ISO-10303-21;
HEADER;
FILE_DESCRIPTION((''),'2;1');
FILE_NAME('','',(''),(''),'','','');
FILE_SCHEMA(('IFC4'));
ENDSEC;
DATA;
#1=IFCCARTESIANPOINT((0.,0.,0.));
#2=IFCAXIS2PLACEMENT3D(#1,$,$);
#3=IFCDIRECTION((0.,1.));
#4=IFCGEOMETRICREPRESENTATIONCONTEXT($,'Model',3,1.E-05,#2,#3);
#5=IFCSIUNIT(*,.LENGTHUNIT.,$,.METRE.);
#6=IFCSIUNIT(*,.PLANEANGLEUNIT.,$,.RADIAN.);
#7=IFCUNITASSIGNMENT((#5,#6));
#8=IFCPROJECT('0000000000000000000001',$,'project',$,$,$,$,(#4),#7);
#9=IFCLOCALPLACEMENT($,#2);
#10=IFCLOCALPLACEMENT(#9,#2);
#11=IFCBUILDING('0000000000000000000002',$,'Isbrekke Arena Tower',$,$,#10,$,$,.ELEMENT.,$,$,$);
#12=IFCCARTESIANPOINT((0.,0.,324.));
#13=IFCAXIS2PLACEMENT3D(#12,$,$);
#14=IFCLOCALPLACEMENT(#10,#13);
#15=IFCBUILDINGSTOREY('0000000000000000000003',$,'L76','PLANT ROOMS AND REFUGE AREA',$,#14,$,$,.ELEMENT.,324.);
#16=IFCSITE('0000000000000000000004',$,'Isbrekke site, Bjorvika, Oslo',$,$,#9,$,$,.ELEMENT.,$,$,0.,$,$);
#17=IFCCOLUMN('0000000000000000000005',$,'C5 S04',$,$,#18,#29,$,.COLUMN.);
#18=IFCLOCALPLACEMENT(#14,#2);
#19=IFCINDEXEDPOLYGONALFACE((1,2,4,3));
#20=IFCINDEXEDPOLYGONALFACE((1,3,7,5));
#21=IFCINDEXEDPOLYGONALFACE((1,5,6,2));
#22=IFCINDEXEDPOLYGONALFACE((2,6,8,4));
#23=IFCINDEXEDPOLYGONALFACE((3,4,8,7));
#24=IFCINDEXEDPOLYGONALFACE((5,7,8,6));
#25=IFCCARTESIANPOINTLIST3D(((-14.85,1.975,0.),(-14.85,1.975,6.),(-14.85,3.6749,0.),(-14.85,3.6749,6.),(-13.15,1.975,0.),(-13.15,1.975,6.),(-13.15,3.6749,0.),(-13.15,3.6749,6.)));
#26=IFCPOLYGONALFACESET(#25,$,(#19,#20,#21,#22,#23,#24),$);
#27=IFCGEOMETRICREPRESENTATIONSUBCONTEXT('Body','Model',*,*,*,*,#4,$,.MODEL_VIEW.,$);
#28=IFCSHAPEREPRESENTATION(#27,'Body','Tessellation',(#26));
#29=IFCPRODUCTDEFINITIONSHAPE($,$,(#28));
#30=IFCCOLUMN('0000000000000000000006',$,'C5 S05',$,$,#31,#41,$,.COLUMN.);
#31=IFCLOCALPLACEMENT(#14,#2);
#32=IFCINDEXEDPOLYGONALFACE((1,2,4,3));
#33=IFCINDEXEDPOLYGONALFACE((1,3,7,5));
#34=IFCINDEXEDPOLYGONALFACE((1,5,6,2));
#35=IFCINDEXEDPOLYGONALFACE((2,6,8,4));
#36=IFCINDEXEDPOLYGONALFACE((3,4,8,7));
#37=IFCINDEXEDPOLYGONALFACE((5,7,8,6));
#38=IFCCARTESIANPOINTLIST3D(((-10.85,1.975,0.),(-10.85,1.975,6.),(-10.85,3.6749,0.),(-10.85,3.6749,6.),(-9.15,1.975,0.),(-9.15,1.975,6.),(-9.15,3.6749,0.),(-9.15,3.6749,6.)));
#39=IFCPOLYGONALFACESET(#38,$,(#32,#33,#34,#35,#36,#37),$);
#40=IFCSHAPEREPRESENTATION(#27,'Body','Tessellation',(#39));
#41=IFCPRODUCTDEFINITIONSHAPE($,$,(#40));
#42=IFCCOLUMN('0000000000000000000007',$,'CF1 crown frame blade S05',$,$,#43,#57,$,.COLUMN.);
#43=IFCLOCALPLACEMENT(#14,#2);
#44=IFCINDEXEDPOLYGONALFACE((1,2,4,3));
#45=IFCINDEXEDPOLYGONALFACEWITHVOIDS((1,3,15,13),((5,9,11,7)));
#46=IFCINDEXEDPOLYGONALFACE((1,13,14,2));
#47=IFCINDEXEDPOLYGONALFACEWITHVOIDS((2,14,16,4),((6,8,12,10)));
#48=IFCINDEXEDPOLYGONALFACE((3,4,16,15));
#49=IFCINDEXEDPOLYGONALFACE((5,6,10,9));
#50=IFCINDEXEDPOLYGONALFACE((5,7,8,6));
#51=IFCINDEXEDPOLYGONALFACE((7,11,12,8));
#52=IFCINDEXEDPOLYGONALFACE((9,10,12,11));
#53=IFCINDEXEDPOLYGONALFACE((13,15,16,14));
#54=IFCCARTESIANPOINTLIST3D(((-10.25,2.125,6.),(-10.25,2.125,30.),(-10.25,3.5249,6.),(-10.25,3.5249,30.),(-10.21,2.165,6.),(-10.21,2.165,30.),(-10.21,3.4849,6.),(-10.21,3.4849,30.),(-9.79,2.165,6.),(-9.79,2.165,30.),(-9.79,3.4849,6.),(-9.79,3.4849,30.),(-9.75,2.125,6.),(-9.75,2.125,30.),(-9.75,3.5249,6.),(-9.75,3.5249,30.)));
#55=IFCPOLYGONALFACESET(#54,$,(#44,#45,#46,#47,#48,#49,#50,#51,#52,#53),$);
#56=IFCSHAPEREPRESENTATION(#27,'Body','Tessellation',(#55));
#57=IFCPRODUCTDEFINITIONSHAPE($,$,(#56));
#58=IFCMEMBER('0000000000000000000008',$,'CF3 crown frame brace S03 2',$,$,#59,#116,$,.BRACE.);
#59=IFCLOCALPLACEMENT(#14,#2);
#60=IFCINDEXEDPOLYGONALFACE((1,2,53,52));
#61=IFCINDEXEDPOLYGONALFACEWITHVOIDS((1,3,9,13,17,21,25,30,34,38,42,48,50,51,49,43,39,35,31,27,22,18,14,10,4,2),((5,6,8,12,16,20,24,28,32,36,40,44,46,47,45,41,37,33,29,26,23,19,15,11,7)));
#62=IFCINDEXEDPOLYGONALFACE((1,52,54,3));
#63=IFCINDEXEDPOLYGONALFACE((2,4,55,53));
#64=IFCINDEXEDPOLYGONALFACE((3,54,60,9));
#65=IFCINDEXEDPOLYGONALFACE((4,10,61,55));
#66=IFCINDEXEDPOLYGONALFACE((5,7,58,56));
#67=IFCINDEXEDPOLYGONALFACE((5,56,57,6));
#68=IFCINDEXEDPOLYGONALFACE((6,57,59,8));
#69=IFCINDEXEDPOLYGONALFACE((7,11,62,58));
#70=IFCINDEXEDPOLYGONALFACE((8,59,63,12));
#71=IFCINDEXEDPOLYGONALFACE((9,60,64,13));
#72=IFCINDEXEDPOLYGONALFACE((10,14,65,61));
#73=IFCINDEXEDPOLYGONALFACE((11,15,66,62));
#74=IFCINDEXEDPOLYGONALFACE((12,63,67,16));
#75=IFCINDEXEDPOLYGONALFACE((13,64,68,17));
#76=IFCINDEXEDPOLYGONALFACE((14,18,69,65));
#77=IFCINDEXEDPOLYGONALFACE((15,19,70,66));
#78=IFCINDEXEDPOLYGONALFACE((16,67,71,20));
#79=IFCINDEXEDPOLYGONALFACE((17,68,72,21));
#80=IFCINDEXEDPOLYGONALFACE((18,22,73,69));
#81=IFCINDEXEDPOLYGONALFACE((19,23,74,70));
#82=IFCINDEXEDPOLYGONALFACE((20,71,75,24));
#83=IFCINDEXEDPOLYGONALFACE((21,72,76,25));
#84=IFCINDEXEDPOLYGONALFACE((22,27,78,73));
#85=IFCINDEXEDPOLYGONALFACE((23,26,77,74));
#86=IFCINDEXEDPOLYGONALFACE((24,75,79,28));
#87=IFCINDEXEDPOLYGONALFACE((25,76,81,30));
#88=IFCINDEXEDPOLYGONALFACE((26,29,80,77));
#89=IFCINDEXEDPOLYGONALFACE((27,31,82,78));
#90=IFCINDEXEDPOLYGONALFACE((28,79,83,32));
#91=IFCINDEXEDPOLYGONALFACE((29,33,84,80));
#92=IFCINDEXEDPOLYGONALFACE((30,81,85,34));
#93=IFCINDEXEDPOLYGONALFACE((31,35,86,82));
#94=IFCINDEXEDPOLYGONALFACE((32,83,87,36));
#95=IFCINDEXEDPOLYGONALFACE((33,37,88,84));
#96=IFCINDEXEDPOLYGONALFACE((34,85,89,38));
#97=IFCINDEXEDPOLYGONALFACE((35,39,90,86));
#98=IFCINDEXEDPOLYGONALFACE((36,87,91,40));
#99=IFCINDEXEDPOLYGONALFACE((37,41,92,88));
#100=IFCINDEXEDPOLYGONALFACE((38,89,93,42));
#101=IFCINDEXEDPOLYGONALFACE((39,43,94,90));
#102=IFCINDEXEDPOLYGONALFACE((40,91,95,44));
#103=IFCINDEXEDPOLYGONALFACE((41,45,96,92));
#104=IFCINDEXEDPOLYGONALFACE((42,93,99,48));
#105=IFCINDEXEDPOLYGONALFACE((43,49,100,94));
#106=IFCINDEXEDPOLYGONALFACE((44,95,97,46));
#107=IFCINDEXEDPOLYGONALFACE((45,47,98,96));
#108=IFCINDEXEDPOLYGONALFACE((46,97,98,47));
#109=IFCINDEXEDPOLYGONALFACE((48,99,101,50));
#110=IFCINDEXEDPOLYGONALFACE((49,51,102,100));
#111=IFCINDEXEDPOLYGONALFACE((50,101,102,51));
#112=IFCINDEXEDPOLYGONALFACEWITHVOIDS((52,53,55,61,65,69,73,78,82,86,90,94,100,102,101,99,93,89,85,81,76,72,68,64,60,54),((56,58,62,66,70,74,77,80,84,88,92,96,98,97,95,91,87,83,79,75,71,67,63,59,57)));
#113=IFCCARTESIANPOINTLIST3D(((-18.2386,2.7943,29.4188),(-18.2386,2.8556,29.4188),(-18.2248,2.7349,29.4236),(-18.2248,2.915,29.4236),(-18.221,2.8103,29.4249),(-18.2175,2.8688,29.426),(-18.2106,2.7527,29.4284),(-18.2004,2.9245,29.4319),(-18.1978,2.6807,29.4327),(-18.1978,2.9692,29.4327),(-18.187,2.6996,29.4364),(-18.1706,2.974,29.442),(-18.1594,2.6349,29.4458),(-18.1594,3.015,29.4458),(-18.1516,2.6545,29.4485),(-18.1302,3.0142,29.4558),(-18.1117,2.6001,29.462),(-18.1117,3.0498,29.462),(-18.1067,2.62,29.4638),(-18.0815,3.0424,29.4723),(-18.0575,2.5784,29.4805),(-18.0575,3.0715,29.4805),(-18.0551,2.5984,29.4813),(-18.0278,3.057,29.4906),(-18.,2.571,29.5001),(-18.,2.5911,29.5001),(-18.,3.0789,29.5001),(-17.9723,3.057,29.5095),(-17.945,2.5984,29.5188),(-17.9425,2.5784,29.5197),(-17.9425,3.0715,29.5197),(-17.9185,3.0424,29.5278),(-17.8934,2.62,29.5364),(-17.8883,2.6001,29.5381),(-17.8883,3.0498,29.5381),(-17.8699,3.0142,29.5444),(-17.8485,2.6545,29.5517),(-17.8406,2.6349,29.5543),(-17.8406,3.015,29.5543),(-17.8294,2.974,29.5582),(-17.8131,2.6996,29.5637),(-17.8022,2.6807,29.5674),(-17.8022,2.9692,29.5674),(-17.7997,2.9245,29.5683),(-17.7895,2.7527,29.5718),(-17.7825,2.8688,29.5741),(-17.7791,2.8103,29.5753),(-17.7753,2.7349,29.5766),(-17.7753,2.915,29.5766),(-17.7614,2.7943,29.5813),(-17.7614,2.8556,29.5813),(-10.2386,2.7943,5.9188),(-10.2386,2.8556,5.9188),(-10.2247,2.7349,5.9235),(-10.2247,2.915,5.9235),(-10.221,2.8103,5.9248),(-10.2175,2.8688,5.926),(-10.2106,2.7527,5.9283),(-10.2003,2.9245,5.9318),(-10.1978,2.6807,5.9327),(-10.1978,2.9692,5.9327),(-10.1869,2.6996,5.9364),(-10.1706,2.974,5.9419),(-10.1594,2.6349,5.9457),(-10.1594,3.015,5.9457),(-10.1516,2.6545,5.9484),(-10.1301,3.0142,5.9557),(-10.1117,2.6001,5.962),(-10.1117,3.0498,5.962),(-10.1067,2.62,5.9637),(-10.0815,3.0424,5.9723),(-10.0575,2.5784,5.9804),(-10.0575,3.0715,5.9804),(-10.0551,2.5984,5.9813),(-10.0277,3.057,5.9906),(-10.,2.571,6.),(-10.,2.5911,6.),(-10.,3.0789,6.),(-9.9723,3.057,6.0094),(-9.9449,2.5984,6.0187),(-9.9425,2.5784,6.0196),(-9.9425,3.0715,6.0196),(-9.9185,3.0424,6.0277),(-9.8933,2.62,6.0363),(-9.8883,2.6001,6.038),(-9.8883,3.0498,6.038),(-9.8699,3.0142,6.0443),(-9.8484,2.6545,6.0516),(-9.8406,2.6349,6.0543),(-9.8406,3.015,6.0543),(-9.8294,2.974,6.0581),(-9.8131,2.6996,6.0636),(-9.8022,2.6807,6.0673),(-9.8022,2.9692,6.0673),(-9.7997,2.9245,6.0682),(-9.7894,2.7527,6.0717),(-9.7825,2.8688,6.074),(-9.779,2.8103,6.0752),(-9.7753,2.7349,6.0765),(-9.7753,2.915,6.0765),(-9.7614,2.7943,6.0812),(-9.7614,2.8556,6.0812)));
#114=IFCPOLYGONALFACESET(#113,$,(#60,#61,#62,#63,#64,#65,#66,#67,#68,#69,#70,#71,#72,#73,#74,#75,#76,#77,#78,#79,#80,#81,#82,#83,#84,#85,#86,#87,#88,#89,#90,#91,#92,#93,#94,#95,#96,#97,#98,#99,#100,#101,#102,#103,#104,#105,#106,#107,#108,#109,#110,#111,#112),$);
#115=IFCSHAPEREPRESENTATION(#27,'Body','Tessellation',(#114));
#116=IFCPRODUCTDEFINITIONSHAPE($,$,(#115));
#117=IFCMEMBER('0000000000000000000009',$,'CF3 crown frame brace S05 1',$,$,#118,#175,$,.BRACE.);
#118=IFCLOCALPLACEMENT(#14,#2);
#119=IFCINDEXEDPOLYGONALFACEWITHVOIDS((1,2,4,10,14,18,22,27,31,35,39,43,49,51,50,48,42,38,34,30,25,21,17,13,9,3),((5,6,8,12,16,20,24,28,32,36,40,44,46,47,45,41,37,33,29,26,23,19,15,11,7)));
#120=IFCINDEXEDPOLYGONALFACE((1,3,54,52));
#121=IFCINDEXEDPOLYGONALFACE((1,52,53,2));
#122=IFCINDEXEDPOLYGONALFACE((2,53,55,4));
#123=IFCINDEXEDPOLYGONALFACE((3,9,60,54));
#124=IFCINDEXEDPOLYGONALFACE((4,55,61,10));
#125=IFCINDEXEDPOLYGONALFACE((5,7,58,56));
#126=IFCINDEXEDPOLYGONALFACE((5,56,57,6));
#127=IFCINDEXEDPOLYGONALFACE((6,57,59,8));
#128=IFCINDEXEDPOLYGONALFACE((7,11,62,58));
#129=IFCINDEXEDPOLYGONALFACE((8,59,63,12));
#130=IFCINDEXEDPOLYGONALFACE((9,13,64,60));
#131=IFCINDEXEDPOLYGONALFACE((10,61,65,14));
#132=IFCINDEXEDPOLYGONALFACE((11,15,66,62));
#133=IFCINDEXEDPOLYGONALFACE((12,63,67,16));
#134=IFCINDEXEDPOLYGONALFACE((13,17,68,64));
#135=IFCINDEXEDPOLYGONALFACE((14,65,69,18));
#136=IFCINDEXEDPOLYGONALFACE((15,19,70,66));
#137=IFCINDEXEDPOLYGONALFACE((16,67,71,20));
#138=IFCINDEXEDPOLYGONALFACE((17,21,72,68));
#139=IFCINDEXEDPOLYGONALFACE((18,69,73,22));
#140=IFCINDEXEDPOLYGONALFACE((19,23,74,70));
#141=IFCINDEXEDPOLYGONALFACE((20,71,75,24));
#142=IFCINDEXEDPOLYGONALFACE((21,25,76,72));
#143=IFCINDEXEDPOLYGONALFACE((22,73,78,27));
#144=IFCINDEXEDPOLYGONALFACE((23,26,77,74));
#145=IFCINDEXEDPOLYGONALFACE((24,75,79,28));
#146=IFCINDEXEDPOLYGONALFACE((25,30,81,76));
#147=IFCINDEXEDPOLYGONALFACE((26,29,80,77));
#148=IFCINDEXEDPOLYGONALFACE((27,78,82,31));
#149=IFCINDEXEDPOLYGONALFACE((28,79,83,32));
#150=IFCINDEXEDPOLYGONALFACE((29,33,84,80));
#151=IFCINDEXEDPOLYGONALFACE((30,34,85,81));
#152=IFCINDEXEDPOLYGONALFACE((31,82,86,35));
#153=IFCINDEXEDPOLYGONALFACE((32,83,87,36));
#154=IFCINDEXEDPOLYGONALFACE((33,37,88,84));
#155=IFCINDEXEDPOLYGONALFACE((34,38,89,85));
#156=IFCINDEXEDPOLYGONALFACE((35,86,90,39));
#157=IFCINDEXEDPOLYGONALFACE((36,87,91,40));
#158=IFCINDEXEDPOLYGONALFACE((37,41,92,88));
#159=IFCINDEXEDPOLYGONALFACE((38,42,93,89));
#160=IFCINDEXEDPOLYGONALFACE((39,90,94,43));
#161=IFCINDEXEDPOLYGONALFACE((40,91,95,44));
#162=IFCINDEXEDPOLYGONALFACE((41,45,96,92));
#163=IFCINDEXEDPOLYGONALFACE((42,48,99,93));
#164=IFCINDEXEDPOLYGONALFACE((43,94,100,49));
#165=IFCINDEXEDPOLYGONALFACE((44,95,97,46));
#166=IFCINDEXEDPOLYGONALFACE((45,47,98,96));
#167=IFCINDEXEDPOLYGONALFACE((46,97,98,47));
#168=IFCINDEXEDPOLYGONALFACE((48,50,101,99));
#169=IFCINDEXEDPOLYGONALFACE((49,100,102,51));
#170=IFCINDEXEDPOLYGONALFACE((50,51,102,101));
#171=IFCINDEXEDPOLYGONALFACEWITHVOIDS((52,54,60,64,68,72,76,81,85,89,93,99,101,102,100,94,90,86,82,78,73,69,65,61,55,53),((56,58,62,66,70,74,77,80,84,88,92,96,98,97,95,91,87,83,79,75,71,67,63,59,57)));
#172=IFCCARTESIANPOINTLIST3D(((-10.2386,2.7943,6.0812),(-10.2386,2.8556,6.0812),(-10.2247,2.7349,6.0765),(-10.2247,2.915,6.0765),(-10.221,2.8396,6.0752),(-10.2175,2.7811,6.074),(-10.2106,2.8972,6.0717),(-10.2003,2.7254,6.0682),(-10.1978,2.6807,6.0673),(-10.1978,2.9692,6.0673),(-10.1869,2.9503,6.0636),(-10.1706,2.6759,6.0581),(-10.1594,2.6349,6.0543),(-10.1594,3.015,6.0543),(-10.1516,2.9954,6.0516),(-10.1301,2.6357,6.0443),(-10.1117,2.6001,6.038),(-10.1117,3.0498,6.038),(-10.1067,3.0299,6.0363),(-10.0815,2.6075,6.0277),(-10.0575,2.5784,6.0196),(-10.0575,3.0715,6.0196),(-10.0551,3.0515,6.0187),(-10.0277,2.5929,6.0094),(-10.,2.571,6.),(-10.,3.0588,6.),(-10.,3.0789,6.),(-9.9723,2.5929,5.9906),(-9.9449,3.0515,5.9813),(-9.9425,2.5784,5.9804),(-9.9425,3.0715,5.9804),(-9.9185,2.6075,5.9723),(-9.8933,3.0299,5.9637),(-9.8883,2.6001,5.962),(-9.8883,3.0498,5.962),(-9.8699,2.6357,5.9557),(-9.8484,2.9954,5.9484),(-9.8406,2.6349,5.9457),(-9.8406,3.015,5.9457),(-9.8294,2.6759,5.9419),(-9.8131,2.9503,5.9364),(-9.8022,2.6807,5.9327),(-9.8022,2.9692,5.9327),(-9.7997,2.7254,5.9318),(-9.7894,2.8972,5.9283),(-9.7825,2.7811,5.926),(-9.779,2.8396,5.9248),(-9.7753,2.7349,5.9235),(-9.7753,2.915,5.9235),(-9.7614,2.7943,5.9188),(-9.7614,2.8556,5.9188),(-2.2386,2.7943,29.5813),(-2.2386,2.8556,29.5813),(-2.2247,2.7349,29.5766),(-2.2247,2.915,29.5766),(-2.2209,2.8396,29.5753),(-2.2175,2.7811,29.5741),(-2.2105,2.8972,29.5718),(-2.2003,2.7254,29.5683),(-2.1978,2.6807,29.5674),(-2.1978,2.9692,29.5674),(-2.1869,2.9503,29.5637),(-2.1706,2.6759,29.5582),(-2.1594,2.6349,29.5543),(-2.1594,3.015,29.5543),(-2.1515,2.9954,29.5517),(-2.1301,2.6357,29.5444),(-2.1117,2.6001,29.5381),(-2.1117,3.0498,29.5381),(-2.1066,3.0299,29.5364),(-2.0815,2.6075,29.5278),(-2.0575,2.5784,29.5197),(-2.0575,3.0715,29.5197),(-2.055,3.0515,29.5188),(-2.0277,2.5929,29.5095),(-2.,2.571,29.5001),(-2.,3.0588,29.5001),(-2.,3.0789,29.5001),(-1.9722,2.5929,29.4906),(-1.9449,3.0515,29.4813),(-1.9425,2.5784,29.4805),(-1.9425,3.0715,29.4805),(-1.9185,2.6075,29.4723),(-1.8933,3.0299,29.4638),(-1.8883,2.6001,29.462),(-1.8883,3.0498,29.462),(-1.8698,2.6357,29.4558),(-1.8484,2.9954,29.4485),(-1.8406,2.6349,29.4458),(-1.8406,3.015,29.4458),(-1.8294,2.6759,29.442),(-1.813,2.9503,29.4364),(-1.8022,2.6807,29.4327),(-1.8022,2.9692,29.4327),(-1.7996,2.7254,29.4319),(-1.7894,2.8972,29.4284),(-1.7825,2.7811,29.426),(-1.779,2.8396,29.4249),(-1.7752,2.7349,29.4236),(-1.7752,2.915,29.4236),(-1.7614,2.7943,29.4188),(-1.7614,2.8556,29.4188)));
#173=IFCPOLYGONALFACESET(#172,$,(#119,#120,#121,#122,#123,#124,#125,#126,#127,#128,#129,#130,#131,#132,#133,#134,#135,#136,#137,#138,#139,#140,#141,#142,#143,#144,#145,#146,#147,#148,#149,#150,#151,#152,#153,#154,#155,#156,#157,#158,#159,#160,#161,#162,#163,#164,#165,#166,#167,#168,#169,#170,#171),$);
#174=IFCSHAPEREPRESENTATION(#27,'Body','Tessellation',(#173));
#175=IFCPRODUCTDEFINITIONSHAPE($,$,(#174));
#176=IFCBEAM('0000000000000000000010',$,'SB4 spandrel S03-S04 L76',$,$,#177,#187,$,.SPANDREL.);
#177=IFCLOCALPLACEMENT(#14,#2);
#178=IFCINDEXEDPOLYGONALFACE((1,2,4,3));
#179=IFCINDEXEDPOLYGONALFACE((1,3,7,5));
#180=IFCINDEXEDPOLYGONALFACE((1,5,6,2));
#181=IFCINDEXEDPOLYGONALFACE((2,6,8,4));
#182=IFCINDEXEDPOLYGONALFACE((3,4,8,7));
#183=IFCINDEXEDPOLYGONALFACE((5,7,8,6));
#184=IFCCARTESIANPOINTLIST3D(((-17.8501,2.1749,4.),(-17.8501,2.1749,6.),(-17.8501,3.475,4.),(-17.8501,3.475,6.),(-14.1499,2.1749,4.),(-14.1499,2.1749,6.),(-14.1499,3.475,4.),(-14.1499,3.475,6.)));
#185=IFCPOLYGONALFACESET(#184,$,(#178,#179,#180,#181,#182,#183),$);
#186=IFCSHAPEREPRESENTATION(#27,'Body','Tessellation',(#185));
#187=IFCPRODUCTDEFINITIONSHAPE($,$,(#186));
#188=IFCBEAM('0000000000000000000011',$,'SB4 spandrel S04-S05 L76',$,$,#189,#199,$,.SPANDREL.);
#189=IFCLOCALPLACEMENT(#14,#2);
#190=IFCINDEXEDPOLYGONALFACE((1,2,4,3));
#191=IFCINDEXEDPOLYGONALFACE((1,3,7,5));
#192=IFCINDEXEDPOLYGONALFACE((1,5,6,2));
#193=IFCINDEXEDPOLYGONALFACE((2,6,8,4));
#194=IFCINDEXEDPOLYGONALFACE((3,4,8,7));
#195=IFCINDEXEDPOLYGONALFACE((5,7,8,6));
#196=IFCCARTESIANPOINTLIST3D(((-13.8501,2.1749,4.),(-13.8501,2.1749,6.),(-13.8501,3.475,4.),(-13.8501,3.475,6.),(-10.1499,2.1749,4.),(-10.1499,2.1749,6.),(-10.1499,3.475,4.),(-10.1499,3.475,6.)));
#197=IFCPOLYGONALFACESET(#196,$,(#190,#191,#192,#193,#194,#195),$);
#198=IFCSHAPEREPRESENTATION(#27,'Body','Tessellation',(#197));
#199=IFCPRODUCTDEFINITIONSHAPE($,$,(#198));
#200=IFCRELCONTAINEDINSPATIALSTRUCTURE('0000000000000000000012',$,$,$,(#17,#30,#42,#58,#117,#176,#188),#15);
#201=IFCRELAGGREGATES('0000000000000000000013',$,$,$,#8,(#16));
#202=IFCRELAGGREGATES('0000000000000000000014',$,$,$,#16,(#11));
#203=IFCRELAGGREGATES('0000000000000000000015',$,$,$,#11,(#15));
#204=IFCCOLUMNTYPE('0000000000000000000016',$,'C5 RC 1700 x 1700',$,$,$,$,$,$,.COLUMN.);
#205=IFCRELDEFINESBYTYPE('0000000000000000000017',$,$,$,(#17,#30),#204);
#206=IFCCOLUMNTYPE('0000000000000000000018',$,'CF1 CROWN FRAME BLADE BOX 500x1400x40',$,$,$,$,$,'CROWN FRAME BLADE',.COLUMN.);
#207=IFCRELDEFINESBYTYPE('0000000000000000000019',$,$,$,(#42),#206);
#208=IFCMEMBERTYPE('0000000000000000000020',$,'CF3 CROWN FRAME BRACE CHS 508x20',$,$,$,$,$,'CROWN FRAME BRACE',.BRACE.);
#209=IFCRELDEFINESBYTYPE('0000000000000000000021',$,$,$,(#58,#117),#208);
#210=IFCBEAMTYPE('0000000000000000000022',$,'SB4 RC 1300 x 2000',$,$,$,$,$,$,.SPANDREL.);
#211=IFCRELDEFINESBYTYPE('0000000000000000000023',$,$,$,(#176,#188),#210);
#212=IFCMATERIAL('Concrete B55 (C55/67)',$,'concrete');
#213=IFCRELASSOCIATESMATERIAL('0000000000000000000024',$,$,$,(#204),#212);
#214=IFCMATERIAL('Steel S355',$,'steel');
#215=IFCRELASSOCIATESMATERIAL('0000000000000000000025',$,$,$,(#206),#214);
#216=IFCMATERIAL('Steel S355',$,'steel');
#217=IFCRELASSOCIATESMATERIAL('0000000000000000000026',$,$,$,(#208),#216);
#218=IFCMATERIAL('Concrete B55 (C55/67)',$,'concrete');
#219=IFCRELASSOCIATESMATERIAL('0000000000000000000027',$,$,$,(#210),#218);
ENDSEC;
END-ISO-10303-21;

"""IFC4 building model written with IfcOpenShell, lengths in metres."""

from ifc_helpers import new_model, si_unit, direction, frame, origin, origin_2d, place, context, subcontext, project, spatial, rectangle, hollow_rectangle, hollow_circle, extrude, material, material_profile, profile_set, type_object, element, save


model = new_model("IFC4")

# Units and contexts
model_context = context("Model", 3, precision=1e-05, world=origin(), true_north=direction((0.0, 1.0)))
body_context = subcontext(model_context, "Body", "Model", "MODEL_VIEW")
ifc_project = project(units=[si_unit("LENGTHUNIT", "METRE"), si_unit("PLANEANGLEUNIT", "RADIAN")], contexts=[model_context])

# Site, building, storey
site_placement = place(None, origin())
site = spatial("IfcSite", under=ifc_project, at=site_placement, Name="Isbrekke site, Bjorvika, Oslo", CompositionType="ELEMENT", RefElevation=0.0)
building_placement = place(site_placement, origin())
building = spatial("IfcBuilding", under=site, at=building_placement, Name="Isbrekke Arena Tower", CompositionType="ELEMENT")
storey_placement = place(building_placement, frame((0.0, 0.0, 324.0)))
storey = spatial("IfcBuildingStorey", under=building, at=storey_placement, Name="L76", Description="PLANT ROOMS AND REFUGE AREA", CompositionType="ELEMENT", Elevation=324.0)

# Columns
ifc_material_1 = material(Name="Concrete B55 (C55/67)", Category="concrete")
ifc_material_profile_1 = material_profile(ifc_material_1, rectangle(XDim=1.7, YDim=1.7, at=origin_2d()), Name="RC 1700x1700")
ifc_profile_set_1 = profile_set([ifc_material_profile_1], Name="Concrete B55 (C55/67)")
column_type_1 = type_object("IfcColumnType", Name="C5 RC 1700 x 1700", PredefinedType="COLUMN", material=ifc_profile_set_1)
for number, where, z_axis, x_axis, name in (
    (1, (-14.0, 2.825, 0.0), (0.0, 0.0, 1.0), (1.0, 0.0, 0.0), "C5 S04"),
    (2, (-10.0, 2.825, 0.0), (0.0, 0.0, 1.0), (1.0, 0.0, 0.0), "C5 S05"),
):
    element("IfcColumn", number, at=place(storey_placement, frame(where, z_axis=z_axis, x_axis=x_axis)), inside=storey, type_object=column_type_1, Name=name, PredefinedType="COLUMN", context=body_context, shape_type="SweptSolid", body=[
        extrude(rectangle(XDim=1.7, YDim=1.7, at=origin_2d()), origin(), (0.0, 0.0, 1.0), 6.0),
    ])
ifc_material_2 = material(Name="Steel S355", Category="steel")
ifc_material_profile_2 = material_profile(ifc_material_2, hollow_rectangle(XDim=0.5, YDim=1.3999, WallThickness=0.04, at=origin_2d()), Name="BOX 500x1400x40")
ifc_profile_set_2 = profile_set([ifc_material_profile_2], Name="Steel S355")
column_type_2 = type_object("IfcColumnType", Name="CF1 CROWN FRAME BLADE BOX 500x1400x40", ElementType="CROWN FRAME BLADE", PredefinedType="COLUMN", material=ifc_profile_set_2)
column_placement = place(storey_placement, frame((-10.0, 2.825, 6.0), z_axis=(0.0, 0.0, 1.0), x_axis=(1.0, 0.0, 0.0)))
element("IfcColumn", 3, at=column_placement, inside=storey, type_object=column_type_2, Name="CF1 crown frame blade S05", PredefinedType="COLUMN", context=body_context, shape_type="SweptSolid", body=[
    extrude(hollow_rectangle(XDim=0.5, YDim=1.3999, WallThickness=0.04, at=origin_2d()), origin(), (0.0, 0.0, 1.0), 24.0),
])

# Members
ifc_material_3 = material(Name="Steel S355", Category="steel")
ifc_material_profile_3 = material_profile(ifc_material_3, hollow_circle(Radius=0.2539, WallThickness=0.02, at=origin_2d()), Name="CHS 508x20")
ifc_profile_set_3 = profile_set([ifc_material_profile_3], Name="Steel S355")
member_type = type_object("IfcMemberType", Name="CF3 CROWN FRAME BRACE CHS 508x20", ElementType="CROWN FRAME BRACE", PredefinedType="BRACE", material=ifc_profile_set_3)
for number, where, z_axis, x_axis, name in (
    (4, (-10.0, 2.825, 6.0), (-0.322264, 0.0, 0.94665), (0.0, -1.0, 0.0), "CF3 crown frame brace S03 2"),
    (5, (-10.0, 2.825, 6.0), (0.322264, 0.0, 0.94665), (0.0, 1.0, 0.0), "CF3 crown frame brace S05 1"),
):
    element("IfcMember", number, at=place(storey_placement, frame(where, z_axis=z_axis, x_axis=x_axis)), inside=storey, type_object=member_type, Name=name, PredefinedType="BRACE", context=body_context, shape_type="SweptSolid", body=[
        extrude(hollow_circle(Radius=0.2539, WallThickness=0.02, at=origin_2d()), origin(), (0.0, 0.0, 1.0), 24.8245),
    ])

# Beams
ifc_material_4 = material(Name="Concrete B55 (C55/67)", Category="concrete")
ifc_material_profile_4 = material_profile(ifc_material_4, rectangle(XDim=1.3, YDim=2.0, at=origin_2d()), Name="RC 1300x2000")
ifc_profile_set_4 = profile_set([ifc_material_profile_4], Name="Concrete B55 (C55/67)")
beam_type = type_object("IfcBeamType", Name="SB4 RC 1300 x 2000", PredefinedType="SPANDREL", material=ifc_profile_set_4)
for number, where, z_axis, x_axis, name in (
    (6, (-17.8501, 2.825, 5.0), (1.0, 0.0, 0.0), (0.0, 1.0, 0.0), "SB4 spandrel S03-S04 L76"),
    (7, (-13.8501, 2.825, 5.0), (1.0, 0.0, 0.0), (0.0, 1.0, 0.0), "SB4 spandrel S04-S05 L76"),
):
    element("IfcBeam", number, at=place(storey_placement, frame(where, z_axis=z_axis, x_axis=x_axis)), inside=storey, type_object=beam_type, Name=name, PredefinedType="SPANDREL", context=body_context, shape_type="SweptSolid", body=[
        extrude(rectangle(XDim=1.3, YDim=2.0, at=origin_2d()), origin(), (0.0, 0.0, 1.0), 3.7002),
    ])

save(model, "model.ifc")
